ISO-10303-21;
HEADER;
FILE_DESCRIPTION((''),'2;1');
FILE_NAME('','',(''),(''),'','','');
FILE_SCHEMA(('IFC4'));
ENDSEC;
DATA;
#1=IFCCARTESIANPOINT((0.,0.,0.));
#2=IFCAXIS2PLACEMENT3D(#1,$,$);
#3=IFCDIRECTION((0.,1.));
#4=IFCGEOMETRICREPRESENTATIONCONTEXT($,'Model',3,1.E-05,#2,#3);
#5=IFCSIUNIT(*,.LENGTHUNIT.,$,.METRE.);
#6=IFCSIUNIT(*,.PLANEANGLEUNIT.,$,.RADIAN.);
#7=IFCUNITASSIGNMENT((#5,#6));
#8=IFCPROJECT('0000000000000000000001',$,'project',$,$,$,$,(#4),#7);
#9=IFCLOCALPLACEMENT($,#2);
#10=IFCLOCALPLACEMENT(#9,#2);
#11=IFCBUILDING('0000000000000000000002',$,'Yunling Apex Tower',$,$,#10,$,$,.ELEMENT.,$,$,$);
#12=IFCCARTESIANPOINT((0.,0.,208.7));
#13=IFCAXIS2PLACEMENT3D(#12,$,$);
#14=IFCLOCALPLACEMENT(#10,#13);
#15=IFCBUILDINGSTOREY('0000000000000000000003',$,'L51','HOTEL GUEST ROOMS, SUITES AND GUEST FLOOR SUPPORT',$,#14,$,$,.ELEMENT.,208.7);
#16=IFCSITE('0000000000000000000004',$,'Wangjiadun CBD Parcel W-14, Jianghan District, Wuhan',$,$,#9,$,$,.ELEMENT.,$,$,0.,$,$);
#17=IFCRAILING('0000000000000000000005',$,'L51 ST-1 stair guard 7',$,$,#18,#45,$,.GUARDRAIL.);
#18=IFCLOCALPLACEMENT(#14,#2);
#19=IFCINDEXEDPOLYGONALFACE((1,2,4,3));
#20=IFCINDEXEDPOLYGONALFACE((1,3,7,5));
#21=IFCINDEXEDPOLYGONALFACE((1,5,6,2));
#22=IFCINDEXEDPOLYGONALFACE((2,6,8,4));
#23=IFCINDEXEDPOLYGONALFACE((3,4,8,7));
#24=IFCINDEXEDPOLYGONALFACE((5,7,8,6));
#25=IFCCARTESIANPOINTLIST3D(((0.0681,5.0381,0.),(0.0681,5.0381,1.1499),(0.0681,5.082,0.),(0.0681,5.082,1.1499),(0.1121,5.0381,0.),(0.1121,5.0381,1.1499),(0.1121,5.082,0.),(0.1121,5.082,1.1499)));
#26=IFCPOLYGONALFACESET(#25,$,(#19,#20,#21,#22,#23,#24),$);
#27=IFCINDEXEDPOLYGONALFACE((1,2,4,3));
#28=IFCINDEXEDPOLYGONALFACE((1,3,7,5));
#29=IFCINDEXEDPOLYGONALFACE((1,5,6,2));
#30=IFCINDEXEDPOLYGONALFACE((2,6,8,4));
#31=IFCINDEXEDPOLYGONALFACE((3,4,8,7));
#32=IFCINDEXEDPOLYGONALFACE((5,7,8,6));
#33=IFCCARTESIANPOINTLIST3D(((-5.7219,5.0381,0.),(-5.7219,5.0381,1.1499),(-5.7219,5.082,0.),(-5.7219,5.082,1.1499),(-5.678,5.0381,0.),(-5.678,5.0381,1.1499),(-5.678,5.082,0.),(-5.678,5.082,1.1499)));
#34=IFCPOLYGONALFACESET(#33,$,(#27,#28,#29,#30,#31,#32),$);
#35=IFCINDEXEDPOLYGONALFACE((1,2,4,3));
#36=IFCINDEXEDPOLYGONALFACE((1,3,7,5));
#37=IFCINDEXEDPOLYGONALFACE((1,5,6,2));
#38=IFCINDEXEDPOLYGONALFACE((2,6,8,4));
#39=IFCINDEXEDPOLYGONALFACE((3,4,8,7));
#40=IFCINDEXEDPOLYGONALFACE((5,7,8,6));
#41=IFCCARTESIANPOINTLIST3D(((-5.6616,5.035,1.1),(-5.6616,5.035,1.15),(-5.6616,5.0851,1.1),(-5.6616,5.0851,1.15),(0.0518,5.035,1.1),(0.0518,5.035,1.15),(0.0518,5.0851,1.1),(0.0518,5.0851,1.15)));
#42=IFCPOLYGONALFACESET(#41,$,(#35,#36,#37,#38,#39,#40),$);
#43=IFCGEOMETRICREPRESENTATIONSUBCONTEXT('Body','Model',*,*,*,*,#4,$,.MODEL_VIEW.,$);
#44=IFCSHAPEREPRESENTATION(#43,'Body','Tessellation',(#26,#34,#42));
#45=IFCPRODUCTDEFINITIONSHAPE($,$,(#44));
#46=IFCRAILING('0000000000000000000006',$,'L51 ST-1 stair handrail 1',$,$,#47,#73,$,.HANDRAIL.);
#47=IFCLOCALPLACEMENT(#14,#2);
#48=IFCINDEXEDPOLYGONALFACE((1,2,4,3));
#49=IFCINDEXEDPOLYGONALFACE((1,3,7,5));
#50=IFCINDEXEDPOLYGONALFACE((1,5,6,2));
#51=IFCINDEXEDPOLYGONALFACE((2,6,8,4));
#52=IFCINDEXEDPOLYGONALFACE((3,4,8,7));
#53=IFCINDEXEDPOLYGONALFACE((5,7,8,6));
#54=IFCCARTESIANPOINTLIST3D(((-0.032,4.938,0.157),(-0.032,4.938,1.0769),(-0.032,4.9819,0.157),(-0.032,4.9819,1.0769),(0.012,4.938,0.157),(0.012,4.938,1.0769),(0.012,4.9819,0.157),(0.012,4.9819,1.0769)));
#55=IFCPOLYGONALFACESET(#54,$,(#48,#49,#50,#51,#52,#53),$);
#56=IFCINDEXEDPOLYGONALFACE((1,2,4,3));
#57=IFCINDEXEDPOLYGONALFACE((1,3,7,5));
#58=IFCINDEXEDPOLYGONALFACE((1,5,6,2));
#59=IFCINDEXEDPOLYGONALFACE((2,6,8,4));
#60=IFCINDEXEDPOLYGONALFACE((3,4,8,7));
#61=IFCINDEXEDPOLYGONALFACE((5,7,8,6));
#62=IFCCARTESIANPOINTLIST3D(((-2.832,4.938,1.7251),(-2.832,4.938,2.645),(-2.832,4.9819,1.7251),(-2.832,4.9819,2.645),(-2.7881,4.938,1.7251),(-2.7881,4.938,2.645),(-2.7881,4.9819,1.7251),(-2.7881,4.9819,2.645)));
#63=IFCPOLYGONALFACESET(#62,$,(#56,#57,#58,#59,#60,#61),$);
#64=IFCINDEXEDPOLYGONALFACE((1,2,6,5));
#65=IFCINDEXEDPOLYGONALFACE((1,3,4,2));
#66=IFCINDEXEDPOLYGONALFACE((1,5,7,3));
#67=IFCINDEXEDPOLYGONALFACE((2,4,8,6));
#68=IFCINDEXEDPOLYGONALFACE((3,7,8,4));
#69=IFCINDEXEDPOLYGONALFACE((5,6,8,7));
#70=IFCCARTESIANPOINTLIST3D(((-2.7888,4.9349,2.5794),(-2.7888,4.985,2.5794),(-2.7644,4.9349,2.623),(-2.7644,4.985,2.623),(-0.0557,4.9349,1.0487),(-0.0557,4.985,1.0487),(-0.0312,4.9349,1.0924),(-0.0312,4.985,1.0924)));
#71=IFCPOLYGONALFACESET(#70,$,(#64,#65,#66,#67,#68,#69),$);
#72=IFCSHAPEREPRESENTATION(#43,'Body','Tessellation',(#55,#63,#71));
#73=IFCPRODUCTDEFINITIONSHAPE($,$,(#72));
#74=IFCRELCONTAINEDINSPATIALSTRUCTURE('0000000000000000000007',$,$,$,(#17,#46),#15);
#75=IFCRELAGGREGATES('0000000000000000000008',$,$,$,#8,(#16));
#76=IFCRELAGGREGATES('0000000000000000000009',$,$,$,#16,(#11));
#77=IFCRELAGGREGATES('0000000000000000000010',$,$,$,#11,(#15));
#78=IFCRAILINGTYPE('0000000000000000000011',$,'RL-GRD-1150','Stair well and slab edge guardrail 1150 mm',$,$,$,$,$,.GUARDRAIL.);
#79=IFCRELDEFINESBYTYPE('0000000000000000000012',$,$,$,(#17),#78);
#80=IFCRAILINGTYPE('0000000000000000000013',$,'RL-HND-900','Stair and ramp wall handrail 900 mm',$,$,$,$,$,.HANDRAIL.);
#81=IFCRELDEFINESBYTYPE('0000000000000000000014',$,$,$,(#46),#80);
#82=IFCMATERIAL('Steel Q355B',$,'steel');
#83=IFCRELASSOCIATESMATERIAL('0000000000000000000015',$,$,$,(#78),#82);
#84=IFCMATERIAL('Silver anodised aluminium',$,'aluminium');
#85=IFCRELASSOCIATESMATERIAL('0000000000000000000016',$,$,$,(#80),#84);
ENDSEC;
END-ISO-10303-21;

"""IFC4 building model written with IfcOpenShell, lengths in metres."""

from ifc_helpers import new_model, si_unit, direction, frame, origin, origin_2d, place, context, subcontext, project, spatial, rectangle, extrude, material, type_object, element, save


model = new_model("IFC4")

# Units and contexts
model_context = context("Model", 3, precision=1e-05, world=origin(), true_north=direction((0.0, 1.0)))
body_context = subcontext(model_context, "Body", "Model", "MODEL_VIEW")
ifc_project = project(units=[si_unit("LENGTHUNIT", "METRE"), si_unit("PLANEANGLEUNIT", "RADIAN")], contexts=[model_context])

# Site, building, storey
site_placement = place(None, origin())
site = spatial("IfcSite", under=ifc_project, at=site_placement, Name="Wangjiadun CBD Parcel W-14, Jianghan District, Wuhan", CompositionType="ELEMENT", RefElevation=0.0)
building_placement = place(site_placement, origin())
building = spatial("IfcBuilding", under=site, at=building_placement, Name="Yunling Apex Tower", CompositionType="ELEMENT")
storey_placement = place(building_placement, frame((0.0, 0.0, 208.7)))
storey = spatial("IfcBuildingStorey", under=building, at=storey_placement, Name="L51", Description="HOTEL GUEST ROOMS, SUITES AND GUEST FLOOR SUPPORT", CompositionType="ELEMENT", Elevation=208.7)

# Shared definitions
ifc_material_1 = material(Name="Steel Q355B", Category="steel")

# Railings
railing_type_1 = type_object("IfcRailingType", Name="RL-GRD-1150", Description="Stair well and slab edge guardrail 1150 mm", PredefinedType="GUARDRAIL", material=ifc_material_1)
railing_1_placement = place(storey_placement, frame((0.0901, 5.0601, 0.0)))
element("IfcRailing", 1, at=railing_1_placement, inside=storey, type_object=railing_type_1, Name="L51 ST-1 stair guard 7", PredefinedType="GUARDRAIL", context=body_context, shape_type="SweptSolid", body=[
    extrude(rectangle(XDim=0.0439, YDim=0.0439, at=origin_2d()), origin(), (0.0, 0.0, 1.0), 1.1499),
    extrude(rectangle(XDim=0.0439, YDim=0.0439, at=origin_2d()), frame((-5.79, 0.0, 0.0)), (0.0, 0.0, 1.0), 1.1499),
    extrude(rectangle(XDim=0.05, YDim=0.05, at=origin_2d()), frame((-0.0383, 0.0, 1.125), z_axis=(-1.0, 0.0, 0.0), x_axis=(0.0, -1.0, 0.0)), (0.0, 0.0, 1.0), 5.7134),
])
ifc_material_2 = material(Name="Silver anodised aluminium", Category="aluminium")
railing_type_2 = type_object("IfcRailingType", Name="RL-HND-900", Description="Stair and ramp wall handrail 900 mm", PredefinedType="HANDRAIL", material=ifc_material_2)
railing_2_placement = place(storey_placement, frame((-0.01, 4.96, 0.157)))
element("IfcRailing", 2, at=railing_2_placement, inside=storey, type_object=railing_type_2, Name="L51 ST-1 stair handrail 1", PredefinedType="HANDRAIL", context=body_context, shape_type="SweptSolid", body=[
    extrude(rectangle(XDim=0.0439, YDim=0.0439, at=origin_2d()), origin(), (0.0, 0.0, 1.0), 0.9199),
    extrude(rectangle(XDim=0.0439, YDim=0.0439, at=origin_2d()), frame((-2.8, 0.0, 1.5681)), (0.0, 0.0, 1.0), 0.9199),
    extrude(rectangle(XDim=0.05, YDim=0.05, at=origin_2d()), frame((-0.0334, 0.0, 0.9136), z_axis=(-0.872494, 0.0, 0.488624), x_axis=(0.0, -1.0, 0.0)), (0.0, 0.0, 1.0), 3.1326),
])

save(model, "model.ifc")
